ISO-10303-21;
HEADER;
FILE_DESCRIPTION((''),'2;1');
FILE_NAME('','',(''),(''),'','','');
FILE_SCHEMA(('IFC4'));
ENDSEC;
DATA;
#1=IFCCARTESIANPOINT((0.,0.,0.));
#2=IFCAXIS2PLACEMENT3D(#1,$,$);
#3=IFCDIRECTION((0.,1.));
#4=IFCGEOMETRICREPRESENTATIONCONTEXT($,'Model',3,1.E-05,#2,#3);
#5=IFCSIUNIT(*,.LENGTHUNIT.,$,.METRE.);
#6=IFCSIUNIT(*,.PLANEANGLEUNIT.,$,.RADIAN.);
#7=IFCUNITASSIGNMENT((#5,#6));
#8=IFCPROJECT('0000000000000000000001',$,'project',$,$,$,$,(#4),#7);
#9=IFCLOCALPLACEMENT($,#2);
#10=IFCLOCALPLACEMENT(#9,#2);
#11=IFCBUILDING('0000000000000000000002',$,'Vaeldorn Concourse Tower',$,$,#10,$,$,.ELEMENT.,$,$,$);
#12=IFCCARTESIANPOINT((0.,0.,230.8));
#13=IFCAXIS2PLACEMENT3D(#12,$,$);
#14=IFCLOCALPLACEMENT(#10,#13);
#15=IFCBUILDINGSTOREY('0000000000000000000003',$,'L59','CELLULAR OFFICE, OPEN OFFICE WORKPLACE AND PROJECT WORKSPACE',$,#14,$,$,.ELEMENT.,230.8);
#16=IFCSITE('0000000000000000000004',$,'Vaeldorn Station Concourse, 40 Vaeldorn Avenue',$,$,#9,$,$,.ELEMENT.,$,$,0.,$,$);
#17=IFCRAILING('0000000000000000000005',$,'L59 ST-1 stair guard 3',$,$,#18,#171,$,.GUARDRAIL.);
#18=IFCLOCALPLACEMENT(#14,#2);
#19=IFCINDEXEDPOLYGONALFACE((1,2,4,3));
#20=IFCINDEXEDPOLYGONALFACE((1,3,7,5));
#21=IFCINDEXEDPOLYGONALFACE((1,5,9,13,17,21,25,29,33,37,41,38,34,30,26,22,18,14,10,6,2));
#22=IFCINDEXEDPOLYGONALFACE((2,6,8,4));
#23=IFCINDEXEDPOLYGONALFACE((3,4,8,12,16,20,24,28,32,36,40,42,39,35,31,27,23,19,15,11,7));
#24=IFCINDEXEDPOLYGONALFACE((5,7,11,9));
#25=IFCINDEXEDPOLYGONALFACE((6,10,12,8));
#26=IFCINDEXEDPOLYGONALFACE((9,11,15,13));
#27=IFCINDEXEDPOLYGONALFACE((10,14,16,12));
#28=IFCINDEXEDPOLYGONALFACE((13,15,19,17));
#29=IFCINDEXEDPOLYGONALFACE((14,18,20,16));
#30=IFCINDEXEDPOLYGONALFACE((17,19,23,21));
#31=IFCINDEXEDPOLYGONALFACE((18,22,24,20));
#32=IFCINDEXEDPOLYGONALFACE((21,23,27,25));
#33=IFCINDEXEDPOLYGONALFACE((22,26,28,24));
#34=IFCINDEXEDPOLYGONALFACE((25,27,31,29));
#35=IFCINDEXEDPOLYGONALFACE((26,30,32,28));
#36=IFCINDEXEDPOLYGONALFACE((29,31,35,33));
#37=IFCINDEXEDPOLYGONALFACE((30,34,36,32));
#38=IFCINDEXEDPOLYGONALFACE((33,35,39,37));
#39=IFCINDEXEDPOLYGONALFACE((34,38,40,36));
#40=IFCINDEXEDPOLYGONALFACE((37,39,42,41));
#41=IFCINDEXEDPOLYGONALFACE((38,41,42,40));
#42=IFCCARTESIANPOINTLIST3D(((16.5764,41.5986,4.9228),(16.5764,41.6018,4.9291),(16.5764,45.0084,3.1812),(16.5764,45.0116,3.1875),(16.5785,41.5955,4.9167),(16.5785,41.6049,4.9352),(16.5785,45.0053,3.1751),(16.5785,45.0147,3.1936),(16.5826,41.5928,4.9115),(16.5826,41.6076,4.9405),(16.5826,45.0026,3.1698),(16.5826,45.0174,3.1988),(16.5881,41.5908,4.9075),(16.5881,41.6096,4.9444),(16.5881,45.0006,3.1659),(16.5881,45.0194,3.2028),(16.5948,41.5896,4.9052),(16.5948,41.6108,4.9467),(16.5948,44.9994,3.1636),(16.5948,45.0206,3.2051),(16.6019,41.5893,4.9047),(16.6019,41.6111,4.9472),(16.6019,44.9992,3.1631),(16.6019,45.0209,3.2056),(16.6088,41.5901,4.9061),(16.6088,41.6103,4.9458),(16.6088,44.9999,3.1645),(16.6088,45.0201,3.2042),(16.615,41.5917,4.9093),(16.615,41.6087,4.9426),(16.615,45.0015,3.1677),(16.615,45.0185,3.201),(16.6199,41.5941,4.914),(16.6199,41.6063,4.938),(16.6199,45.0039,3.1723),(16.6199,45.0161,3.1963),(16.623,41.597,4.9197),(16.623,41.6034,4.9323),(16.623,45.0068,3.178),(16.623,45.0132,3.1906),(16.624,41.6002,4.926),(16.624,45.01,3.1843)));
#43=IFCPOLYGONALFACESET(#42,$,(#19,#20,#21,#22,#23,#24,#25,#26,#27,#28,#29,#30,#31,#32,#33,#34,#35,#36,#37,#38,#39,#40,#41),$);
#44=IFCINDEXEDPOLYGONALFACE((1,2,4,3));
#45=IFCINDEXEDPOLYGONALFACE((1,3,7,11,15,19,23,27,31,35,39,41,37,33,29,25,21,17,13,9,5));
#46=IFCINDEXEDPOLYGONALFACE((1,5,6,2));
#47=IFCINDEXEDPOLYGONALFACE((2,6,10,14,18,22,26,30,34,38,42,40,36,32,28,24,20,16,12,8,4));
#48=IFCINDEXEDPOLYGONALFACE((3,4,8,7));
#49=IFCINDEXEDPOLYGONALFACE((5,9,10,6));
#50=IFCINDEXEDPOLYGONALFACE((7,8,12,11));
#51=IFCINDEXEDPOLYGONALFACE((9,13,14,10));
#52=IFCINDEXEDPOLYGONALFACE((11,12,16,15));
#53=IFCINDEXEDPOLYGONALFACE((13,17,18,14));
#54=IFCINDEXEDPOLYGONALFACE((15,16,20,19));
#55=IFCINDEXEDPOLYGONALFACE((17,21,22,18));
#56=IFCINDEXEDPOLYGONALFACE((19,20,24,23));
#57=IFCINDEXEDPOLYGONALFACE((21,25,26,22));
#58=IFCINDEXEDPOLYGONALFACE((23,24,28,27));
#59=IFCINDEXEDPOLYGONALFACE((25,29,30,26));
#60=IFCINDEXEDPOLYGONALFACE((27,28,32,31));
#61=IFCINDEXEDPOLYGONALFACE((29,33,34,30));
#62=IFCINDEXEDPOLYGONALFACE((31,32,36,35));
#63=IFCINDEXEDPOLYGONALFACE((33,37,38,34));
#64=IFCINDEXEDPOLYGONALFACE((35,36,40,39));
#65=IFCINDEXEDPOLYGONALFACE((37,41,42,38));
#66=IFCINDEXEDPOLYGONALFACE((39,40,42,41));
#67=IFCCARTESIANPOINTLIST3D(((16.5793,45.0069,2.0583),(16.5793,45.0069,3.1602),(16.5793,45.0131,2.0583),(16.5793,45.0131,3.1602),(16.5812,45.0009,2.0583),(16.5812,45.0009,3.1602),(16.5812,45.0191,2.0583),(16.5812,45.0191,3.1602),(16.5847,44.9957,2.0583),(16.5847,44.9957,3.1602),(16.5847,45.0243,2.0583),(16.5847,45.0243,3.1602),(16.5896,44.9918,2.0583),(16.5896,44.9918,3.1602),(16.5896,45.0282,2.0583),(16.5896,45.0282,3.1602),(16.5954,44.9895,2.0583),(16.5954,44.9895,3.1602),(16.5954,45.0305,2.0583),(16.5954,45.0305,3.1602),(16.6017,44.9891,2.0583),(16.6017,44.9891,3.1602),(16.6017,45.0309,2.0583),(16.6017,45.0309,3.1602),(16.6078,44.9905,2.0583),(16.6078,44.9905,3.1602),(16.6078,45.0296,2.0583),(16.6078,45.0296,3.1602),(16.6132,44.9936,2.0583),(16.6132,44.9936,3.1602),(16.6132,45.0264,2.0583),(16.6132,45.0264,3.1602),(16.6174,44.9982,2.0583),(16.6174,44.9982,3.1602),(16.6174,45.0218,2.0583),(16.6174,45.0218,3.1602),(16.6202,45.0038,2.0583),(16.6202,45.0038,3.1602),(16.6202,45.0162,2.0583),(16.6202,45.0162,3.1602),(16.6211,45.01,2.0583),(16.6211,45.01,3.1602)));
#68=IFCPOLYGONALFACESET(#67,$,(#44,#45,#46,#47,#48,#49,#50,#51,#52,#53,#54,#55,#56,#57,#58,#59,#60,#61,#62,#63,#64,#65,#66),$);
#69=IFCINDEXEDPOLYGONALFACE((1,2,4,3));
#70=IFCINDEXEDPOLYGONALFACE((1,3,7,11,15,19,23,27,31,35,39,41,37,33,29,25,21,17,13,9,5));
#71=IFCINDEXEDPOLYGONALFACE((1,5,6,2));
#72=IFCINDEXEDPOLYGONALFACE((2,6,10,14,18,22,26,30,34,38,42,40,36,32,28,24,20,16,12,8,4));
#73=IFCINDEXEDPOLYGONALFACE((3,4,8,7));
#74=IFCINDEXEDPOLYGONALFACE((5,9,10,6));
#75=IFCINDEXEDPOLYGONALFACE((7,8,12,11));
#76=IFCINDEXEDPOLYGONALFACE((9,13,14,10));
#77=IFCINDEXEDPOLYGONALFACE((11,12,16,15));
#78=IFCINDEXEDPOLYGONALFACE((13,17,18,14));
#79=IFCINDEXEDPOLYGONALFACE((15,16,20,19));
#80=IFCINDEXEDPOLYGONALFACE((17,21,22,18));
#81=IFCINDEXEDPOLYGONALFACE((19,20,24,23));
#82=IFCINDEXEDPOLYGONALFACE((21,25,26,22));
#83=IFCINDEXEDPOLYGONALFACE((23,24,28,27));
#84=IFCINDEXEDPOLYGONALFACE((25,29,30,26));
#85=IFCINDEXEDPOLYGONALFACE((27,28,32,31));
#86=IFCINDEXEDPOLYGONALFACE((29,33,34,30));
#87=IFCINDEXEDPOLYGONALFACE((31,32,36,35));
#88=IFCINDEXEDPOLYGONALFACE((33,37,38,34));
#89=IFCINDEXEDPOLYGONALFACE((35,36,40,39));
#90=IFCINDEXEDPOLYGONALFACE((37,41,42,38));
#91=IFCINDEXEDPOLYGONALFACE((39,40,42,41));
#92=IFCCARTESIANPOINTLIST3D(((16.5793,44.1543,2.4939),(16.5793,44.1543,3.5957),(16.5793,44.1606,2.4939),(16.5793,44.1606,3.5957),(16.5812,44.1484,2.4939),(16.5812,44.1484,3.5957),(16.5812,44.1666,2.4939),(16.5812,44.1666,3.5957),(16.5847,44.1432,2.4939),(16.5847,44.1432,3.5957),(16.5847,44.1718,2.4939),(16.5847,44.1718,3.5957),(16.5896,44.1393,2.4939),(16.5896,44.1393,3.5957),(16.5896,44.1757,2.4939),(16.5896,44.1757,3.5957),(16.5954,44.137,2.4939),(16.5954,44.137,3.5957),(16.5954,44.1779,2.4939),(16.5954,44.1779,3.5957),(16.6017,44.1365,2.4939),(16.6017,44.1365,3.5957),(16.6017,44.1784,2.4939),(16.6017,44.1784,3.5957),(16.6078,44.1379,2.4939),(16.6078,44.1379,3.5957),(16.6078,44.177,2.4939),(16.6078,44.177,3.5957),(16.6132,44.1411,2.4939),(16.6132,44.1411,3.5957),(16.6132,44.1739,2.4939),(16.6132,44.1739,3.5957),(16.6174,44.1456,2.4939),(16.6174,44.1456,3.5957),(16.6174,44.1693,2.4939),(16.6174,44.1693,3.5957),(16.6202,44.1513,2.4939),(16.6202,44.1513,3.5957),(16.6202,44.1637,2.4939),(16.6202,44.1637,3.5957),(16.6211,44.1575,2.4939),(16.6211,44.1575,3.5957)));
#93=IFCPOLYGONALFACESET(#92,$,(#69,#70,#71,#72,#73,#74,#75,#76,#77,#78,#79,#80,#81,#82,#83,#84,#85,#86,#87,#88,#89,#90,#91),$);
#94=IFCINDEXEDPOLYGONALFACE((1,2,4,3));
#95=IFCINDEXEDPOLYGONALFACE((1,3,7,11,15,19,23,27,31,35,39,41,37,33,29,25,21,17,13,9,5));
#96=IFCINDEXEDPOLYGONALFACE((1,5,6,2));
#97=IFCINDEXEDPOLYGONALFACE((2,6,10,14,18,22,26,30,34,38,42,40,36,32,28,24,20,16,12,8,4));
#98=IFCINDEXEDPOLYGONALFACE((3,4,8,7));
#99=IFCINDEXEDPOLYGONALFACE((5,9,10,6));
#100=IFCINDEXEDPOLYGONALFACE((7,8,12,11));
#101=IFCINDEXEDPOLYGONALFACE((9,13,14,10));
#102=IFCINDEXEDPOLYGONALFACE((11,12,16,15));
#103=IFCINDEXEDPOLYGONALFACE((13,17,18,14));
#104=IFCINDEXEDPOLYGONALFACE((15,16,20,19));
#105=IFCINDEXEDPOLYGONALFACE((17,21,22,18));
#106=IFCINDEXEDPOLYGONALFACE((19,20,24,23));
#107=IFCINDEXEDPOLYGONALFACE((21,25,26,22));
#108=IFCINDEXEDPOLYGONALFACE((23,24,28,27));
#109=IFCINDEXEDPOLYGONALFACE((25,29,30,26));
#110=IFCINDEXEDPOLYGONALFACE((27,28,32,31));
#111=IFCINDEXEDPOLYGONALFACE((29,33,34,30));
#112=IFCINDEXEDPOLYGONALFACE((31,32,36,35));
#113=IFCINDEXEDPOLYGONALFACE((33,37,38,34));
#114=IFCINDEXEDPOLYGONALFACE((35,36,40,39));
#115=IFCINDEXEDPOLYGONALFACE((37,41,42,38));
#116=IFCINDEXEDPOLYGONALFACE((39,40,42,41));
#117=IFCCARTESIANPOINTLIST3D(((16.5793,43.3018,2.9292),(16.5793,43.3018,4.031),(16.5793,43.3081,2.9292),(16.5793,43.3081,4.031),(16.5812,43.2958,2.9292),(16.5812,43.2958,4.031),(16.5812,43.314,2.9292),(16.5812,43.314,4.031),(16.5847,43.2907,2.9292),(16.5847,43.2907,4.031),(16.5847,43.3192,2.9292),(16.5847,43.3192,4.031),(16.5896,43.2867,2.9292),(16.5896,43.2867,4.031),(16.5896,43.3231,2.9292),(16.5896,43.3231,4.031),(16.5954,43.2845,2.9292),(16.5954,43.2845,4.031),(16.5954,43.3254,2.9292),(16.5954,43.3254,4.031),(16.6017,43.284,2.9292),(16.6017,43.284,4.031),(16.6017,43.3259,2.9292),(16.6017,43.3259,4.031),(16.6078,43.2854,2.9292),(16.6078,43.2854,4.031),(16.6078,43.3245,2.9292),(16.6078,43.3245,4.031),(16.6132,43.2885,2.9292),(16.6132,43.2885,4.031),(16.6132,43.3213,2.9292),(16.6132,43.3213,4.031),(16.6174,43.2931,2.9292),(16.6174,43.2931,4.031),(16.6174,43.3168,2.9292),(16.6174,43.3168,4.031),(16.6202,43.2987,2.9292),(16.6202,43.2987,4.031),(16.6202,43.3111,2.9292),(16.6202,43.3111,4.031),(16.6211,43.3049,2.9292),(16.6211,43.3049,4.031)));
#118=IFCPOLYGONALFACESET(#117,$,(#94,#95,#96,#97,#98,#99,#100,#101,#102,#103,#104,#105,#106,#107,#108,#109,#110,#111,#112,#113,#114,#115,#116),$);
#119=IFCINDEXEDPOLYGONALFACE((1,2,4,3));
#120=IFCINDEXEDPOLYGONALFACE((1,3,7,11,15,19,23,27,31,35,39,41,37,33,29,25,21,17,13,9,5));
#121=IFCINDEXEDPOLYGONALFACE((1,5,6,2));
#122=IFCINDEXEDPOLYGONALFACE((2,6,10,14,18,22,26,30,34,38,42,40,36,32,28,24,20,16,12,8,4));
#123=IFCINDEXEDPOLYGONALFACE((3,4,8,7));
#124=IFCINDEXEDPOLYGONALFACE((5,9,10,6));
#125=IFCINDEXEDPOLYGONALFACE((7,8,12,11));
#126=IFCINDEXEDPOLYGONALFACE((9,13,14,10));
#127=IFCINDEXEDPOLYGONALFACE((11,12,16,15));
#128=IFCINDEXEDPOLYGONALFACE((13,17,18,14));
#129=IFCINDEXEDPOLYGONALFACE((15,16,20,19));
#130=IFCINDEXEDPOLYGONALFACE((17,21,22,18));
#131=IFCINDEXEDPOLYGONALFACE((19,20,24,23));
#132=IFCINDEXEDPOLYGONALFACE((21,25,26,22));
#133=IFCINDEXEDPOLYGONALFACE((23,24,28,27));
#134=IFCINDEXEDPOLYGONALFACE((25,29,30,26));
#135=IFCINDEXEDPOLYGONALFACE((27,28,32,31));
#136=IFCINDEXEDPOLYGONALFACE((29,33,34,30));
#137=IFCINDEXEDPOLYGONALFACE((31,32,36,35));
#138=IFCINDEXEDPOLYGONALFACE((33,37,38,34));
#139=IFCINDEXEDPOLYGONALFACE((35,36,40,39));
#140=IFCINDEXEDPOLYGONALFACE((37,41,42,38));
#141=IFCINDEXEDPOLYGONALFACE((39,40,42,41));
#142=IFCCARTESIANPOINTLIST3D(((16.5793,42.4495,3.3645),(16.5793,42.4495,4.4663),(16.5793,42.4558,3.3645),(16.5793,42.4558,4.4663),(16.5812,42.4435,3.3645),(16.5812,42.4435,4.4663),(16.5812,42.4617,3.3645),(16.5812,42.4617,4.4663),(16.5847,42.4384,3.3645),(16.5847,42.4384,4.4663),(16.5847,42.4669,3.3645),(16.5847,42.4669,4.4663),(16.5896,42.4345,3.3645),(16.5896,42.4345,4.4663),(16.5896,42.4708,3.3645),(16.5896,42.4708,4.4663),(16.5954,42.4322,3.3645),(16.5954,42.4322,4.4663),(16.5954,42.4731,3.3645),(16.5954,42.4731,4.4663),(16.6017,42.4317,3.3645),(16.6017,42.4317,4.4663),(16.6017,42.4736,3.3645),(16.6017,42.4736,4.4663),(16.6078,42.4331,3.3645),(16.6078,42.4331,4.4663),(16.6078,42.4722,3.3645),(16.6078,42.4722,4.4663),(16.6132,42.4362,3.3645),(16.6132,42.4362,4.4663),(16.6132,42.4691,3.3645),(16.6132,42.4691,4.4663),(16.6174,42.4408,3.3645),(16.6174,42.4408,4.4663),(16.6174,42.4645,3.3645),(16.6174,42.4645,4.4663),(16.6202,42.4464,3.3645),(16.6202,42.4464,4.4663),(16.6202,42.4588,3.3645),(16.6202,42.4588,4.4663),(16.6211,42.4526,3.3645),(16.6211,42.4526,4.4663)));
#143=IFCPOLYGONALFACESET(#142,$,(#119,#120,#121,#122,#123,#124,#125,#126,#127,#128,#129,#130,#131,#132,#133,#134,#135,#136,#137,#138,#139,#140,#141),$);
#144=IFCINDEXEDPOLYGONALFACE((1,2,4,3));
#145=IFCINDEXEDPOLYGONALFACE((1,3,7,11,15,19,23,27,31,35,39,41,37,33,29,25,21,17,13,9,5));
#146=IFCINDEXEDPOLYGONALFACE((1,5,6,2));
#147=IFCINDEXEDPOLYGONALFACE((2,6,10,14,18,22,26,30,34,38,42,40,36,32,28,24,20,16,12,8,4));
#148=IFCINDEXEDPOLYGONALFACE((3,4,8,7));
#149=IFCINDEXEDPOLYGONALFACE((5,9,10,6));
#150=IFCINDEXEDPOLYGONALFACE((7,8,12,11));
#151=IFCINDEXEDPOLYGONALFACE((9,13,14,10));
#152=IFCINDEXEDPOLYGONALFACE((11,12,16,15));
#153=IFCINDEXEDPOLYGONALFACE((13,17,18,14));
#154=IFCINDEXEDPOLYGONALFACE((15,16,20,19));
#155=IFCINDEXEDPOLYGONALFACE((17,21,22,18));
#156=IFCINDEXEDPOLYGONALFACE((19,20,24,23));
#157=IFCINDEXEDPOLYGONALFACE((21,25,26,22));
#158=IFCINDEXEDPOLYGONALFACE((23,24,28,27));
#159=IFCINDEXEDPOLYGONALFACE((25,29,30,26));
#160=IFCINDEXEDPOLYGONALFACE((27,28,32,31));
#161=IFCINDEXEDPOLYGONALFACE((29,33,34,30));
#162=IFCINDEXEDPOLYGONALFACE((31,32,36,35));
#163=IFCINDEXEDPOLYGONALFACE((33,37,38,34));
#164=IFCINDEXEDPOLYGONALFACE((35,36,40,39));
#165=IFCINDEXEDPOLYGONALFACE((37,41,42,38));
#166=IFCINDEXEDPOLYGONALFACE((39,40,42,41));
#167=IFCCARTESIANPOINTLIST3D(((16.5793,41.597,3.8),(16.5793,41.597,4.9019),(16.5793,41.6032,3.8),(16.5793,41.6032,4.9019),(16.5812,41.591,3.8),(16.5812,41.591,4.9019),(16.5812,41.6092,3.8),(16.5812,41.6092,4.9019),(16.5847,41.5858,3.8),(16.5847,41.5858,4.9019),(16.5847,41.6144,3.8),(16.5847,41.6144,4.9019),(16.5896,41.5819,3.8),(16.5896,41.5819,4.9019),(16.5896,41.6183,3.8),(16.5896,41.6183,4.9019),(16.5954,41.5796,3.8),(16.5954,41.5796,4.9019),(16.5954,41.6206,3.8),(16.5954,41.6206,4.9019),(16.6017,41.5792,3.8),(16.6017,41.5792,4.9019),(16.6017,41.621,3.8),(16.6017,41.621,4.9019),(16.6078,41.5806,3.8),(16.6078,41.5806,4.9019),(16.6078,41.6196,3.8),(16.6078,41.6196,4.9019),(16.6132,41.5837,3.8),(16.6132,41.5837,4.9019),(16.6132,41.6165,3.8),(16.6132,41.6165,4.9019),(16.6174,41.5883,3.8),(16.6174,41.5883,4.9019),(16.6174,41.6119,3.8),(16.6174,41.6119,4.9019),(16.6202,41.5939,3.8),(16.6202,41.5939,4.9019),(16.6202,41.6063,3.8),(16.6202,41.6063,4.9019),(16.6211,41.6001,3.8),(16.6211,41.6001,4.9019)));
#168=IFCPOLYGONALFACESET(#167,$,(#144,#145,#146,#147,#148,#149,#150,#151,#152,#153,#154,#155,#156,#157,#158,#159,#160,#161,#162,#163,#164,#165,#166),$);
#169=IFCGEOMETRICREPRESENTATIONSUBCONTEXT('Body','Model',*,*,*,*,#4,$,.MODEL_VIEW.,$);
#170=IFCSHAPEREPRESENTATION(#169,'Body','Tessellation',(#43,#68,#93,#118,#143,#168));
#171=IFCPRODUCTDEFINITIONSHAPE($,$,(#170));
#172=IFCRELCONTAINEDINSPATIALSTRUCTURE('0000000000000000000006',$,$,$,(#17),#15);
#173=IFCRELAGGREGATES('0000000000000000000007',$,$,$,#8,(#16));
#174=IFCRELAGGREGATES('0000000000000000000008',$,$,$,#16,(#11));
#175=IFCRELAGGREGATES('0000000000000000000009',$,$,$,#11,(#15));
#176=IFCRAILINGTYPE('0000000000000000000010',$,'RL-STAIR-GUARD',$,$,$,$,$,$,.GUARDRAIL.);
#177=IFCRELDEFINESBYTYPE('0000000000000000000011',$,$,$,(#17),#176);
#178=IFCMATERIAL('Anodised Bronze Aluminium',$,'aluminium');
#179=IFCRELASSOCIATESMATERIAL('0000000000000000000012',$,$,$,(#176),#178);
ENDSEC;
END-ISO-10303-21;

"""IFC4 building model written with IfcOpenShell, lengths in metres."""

from ifc_helpers import new_model, si_unit, direction, frame, origin, origin_2d, place, context, subcontext, project, spatial, circle, extrude, material, type_object, element, save


model = new_model("IFC4")

# Units and contexts
model_context = context("Model", 3, precision=1e-05, world=origin(), true_north=direction((0.0, 1.0)))
body_context = subcontext(model_context, "Body", "Model", "MODEL_VIEW")
ifc_project = project(units=[si_unit("LENGTHUNIT", "METRE"), si_unit("PLANEANGLEUNIT", "RADIAN")], contexts=[model_context])

# Site, building, storey
site_placement = place(None, origin())
site = spatial("IfcSite", under=ifc_project, at=site_placement, Name="Vaeldorn Station Concourse, 40 Vaeldorn Avenue", CompositionType="ELEMENT", RefElevation=0.0)
building_placement = place(site_placement, origin())
building = spatial("IfcBuilding", under=site, at=building_placement, Name="Vaeldorn Concourse Tower", CompositionType="ELEMENT")
storey_placement = place(building_placement, frame((0.0, 0.0, 230.8)))
storey = spatial("IfcBuildingStorey", under=building, at=storey_placement, Name="L59", Description="CELLULAR OFFICE, OPEN OFFICE WORKPLACE AND PROJECT WORKSPACE", CompositionType="ELEMENT", Elevation=230.8)

# Shared definitions
ifc_material_1 = material(Name="Anodised Bronze Aluminium", Category="aluminium")

# Railing
railing_type_1 = type_object("IfcRailingType", Name="RL-STAIR-GUARD", PredefinedType="GUARDRAIL", material=ifc_material_1)
railing_1_placement = place(storey_placement, frame((16.6001, 45.01, 2.0583)))
element("IfcRailing", 1, at=railing_1_placement, inside=storey, type_object=railing_type_1, Name="L59 ST-1 stair guard 3", PredefinedType="GUARDRAIL", context=body_context, shape_type="SweptSolid", body=[
    extrude(circle(Radius=0.0239, at=origin_2d()), frame((0.0, 0.0, 1.126), z_axis=(0.0, -0.890556, 0.454874), x_axis=(1.0, 0.0, 0.0)), (0.0, 0.0, 1.0), 3.8289),
    extrude(circle(Radius=0.021, at=origin_2d()), origin(), (0.0, 0.0, 1.0), 1.1018),
    extrude(circle(Radius=0.021, at=origin_2d()), frame((0.0, -0.8525, 0.4355)), (0.0, 0.0, 1.0), 1.1018),
    extrude(circle(Radius=0.021, at=origin_2d()), frame((0.0, -1.7051, 0.8708)), (0.0, 0.0, 1.0), 1.1018),
    extrude(circle(Radius=0.021, at=origin_2d()), frame((0.0, -2.5574, 1.3062)), (0.0, 0.0, 1.0), 1.1018),
    extrude(circle(Radius=0.021, at=origin_2d()), frame((0.0, -3.4099, 1.7417)), (0.0, 0.0, 1.0), 1.1018),
])

save(model, "model.ifc")
